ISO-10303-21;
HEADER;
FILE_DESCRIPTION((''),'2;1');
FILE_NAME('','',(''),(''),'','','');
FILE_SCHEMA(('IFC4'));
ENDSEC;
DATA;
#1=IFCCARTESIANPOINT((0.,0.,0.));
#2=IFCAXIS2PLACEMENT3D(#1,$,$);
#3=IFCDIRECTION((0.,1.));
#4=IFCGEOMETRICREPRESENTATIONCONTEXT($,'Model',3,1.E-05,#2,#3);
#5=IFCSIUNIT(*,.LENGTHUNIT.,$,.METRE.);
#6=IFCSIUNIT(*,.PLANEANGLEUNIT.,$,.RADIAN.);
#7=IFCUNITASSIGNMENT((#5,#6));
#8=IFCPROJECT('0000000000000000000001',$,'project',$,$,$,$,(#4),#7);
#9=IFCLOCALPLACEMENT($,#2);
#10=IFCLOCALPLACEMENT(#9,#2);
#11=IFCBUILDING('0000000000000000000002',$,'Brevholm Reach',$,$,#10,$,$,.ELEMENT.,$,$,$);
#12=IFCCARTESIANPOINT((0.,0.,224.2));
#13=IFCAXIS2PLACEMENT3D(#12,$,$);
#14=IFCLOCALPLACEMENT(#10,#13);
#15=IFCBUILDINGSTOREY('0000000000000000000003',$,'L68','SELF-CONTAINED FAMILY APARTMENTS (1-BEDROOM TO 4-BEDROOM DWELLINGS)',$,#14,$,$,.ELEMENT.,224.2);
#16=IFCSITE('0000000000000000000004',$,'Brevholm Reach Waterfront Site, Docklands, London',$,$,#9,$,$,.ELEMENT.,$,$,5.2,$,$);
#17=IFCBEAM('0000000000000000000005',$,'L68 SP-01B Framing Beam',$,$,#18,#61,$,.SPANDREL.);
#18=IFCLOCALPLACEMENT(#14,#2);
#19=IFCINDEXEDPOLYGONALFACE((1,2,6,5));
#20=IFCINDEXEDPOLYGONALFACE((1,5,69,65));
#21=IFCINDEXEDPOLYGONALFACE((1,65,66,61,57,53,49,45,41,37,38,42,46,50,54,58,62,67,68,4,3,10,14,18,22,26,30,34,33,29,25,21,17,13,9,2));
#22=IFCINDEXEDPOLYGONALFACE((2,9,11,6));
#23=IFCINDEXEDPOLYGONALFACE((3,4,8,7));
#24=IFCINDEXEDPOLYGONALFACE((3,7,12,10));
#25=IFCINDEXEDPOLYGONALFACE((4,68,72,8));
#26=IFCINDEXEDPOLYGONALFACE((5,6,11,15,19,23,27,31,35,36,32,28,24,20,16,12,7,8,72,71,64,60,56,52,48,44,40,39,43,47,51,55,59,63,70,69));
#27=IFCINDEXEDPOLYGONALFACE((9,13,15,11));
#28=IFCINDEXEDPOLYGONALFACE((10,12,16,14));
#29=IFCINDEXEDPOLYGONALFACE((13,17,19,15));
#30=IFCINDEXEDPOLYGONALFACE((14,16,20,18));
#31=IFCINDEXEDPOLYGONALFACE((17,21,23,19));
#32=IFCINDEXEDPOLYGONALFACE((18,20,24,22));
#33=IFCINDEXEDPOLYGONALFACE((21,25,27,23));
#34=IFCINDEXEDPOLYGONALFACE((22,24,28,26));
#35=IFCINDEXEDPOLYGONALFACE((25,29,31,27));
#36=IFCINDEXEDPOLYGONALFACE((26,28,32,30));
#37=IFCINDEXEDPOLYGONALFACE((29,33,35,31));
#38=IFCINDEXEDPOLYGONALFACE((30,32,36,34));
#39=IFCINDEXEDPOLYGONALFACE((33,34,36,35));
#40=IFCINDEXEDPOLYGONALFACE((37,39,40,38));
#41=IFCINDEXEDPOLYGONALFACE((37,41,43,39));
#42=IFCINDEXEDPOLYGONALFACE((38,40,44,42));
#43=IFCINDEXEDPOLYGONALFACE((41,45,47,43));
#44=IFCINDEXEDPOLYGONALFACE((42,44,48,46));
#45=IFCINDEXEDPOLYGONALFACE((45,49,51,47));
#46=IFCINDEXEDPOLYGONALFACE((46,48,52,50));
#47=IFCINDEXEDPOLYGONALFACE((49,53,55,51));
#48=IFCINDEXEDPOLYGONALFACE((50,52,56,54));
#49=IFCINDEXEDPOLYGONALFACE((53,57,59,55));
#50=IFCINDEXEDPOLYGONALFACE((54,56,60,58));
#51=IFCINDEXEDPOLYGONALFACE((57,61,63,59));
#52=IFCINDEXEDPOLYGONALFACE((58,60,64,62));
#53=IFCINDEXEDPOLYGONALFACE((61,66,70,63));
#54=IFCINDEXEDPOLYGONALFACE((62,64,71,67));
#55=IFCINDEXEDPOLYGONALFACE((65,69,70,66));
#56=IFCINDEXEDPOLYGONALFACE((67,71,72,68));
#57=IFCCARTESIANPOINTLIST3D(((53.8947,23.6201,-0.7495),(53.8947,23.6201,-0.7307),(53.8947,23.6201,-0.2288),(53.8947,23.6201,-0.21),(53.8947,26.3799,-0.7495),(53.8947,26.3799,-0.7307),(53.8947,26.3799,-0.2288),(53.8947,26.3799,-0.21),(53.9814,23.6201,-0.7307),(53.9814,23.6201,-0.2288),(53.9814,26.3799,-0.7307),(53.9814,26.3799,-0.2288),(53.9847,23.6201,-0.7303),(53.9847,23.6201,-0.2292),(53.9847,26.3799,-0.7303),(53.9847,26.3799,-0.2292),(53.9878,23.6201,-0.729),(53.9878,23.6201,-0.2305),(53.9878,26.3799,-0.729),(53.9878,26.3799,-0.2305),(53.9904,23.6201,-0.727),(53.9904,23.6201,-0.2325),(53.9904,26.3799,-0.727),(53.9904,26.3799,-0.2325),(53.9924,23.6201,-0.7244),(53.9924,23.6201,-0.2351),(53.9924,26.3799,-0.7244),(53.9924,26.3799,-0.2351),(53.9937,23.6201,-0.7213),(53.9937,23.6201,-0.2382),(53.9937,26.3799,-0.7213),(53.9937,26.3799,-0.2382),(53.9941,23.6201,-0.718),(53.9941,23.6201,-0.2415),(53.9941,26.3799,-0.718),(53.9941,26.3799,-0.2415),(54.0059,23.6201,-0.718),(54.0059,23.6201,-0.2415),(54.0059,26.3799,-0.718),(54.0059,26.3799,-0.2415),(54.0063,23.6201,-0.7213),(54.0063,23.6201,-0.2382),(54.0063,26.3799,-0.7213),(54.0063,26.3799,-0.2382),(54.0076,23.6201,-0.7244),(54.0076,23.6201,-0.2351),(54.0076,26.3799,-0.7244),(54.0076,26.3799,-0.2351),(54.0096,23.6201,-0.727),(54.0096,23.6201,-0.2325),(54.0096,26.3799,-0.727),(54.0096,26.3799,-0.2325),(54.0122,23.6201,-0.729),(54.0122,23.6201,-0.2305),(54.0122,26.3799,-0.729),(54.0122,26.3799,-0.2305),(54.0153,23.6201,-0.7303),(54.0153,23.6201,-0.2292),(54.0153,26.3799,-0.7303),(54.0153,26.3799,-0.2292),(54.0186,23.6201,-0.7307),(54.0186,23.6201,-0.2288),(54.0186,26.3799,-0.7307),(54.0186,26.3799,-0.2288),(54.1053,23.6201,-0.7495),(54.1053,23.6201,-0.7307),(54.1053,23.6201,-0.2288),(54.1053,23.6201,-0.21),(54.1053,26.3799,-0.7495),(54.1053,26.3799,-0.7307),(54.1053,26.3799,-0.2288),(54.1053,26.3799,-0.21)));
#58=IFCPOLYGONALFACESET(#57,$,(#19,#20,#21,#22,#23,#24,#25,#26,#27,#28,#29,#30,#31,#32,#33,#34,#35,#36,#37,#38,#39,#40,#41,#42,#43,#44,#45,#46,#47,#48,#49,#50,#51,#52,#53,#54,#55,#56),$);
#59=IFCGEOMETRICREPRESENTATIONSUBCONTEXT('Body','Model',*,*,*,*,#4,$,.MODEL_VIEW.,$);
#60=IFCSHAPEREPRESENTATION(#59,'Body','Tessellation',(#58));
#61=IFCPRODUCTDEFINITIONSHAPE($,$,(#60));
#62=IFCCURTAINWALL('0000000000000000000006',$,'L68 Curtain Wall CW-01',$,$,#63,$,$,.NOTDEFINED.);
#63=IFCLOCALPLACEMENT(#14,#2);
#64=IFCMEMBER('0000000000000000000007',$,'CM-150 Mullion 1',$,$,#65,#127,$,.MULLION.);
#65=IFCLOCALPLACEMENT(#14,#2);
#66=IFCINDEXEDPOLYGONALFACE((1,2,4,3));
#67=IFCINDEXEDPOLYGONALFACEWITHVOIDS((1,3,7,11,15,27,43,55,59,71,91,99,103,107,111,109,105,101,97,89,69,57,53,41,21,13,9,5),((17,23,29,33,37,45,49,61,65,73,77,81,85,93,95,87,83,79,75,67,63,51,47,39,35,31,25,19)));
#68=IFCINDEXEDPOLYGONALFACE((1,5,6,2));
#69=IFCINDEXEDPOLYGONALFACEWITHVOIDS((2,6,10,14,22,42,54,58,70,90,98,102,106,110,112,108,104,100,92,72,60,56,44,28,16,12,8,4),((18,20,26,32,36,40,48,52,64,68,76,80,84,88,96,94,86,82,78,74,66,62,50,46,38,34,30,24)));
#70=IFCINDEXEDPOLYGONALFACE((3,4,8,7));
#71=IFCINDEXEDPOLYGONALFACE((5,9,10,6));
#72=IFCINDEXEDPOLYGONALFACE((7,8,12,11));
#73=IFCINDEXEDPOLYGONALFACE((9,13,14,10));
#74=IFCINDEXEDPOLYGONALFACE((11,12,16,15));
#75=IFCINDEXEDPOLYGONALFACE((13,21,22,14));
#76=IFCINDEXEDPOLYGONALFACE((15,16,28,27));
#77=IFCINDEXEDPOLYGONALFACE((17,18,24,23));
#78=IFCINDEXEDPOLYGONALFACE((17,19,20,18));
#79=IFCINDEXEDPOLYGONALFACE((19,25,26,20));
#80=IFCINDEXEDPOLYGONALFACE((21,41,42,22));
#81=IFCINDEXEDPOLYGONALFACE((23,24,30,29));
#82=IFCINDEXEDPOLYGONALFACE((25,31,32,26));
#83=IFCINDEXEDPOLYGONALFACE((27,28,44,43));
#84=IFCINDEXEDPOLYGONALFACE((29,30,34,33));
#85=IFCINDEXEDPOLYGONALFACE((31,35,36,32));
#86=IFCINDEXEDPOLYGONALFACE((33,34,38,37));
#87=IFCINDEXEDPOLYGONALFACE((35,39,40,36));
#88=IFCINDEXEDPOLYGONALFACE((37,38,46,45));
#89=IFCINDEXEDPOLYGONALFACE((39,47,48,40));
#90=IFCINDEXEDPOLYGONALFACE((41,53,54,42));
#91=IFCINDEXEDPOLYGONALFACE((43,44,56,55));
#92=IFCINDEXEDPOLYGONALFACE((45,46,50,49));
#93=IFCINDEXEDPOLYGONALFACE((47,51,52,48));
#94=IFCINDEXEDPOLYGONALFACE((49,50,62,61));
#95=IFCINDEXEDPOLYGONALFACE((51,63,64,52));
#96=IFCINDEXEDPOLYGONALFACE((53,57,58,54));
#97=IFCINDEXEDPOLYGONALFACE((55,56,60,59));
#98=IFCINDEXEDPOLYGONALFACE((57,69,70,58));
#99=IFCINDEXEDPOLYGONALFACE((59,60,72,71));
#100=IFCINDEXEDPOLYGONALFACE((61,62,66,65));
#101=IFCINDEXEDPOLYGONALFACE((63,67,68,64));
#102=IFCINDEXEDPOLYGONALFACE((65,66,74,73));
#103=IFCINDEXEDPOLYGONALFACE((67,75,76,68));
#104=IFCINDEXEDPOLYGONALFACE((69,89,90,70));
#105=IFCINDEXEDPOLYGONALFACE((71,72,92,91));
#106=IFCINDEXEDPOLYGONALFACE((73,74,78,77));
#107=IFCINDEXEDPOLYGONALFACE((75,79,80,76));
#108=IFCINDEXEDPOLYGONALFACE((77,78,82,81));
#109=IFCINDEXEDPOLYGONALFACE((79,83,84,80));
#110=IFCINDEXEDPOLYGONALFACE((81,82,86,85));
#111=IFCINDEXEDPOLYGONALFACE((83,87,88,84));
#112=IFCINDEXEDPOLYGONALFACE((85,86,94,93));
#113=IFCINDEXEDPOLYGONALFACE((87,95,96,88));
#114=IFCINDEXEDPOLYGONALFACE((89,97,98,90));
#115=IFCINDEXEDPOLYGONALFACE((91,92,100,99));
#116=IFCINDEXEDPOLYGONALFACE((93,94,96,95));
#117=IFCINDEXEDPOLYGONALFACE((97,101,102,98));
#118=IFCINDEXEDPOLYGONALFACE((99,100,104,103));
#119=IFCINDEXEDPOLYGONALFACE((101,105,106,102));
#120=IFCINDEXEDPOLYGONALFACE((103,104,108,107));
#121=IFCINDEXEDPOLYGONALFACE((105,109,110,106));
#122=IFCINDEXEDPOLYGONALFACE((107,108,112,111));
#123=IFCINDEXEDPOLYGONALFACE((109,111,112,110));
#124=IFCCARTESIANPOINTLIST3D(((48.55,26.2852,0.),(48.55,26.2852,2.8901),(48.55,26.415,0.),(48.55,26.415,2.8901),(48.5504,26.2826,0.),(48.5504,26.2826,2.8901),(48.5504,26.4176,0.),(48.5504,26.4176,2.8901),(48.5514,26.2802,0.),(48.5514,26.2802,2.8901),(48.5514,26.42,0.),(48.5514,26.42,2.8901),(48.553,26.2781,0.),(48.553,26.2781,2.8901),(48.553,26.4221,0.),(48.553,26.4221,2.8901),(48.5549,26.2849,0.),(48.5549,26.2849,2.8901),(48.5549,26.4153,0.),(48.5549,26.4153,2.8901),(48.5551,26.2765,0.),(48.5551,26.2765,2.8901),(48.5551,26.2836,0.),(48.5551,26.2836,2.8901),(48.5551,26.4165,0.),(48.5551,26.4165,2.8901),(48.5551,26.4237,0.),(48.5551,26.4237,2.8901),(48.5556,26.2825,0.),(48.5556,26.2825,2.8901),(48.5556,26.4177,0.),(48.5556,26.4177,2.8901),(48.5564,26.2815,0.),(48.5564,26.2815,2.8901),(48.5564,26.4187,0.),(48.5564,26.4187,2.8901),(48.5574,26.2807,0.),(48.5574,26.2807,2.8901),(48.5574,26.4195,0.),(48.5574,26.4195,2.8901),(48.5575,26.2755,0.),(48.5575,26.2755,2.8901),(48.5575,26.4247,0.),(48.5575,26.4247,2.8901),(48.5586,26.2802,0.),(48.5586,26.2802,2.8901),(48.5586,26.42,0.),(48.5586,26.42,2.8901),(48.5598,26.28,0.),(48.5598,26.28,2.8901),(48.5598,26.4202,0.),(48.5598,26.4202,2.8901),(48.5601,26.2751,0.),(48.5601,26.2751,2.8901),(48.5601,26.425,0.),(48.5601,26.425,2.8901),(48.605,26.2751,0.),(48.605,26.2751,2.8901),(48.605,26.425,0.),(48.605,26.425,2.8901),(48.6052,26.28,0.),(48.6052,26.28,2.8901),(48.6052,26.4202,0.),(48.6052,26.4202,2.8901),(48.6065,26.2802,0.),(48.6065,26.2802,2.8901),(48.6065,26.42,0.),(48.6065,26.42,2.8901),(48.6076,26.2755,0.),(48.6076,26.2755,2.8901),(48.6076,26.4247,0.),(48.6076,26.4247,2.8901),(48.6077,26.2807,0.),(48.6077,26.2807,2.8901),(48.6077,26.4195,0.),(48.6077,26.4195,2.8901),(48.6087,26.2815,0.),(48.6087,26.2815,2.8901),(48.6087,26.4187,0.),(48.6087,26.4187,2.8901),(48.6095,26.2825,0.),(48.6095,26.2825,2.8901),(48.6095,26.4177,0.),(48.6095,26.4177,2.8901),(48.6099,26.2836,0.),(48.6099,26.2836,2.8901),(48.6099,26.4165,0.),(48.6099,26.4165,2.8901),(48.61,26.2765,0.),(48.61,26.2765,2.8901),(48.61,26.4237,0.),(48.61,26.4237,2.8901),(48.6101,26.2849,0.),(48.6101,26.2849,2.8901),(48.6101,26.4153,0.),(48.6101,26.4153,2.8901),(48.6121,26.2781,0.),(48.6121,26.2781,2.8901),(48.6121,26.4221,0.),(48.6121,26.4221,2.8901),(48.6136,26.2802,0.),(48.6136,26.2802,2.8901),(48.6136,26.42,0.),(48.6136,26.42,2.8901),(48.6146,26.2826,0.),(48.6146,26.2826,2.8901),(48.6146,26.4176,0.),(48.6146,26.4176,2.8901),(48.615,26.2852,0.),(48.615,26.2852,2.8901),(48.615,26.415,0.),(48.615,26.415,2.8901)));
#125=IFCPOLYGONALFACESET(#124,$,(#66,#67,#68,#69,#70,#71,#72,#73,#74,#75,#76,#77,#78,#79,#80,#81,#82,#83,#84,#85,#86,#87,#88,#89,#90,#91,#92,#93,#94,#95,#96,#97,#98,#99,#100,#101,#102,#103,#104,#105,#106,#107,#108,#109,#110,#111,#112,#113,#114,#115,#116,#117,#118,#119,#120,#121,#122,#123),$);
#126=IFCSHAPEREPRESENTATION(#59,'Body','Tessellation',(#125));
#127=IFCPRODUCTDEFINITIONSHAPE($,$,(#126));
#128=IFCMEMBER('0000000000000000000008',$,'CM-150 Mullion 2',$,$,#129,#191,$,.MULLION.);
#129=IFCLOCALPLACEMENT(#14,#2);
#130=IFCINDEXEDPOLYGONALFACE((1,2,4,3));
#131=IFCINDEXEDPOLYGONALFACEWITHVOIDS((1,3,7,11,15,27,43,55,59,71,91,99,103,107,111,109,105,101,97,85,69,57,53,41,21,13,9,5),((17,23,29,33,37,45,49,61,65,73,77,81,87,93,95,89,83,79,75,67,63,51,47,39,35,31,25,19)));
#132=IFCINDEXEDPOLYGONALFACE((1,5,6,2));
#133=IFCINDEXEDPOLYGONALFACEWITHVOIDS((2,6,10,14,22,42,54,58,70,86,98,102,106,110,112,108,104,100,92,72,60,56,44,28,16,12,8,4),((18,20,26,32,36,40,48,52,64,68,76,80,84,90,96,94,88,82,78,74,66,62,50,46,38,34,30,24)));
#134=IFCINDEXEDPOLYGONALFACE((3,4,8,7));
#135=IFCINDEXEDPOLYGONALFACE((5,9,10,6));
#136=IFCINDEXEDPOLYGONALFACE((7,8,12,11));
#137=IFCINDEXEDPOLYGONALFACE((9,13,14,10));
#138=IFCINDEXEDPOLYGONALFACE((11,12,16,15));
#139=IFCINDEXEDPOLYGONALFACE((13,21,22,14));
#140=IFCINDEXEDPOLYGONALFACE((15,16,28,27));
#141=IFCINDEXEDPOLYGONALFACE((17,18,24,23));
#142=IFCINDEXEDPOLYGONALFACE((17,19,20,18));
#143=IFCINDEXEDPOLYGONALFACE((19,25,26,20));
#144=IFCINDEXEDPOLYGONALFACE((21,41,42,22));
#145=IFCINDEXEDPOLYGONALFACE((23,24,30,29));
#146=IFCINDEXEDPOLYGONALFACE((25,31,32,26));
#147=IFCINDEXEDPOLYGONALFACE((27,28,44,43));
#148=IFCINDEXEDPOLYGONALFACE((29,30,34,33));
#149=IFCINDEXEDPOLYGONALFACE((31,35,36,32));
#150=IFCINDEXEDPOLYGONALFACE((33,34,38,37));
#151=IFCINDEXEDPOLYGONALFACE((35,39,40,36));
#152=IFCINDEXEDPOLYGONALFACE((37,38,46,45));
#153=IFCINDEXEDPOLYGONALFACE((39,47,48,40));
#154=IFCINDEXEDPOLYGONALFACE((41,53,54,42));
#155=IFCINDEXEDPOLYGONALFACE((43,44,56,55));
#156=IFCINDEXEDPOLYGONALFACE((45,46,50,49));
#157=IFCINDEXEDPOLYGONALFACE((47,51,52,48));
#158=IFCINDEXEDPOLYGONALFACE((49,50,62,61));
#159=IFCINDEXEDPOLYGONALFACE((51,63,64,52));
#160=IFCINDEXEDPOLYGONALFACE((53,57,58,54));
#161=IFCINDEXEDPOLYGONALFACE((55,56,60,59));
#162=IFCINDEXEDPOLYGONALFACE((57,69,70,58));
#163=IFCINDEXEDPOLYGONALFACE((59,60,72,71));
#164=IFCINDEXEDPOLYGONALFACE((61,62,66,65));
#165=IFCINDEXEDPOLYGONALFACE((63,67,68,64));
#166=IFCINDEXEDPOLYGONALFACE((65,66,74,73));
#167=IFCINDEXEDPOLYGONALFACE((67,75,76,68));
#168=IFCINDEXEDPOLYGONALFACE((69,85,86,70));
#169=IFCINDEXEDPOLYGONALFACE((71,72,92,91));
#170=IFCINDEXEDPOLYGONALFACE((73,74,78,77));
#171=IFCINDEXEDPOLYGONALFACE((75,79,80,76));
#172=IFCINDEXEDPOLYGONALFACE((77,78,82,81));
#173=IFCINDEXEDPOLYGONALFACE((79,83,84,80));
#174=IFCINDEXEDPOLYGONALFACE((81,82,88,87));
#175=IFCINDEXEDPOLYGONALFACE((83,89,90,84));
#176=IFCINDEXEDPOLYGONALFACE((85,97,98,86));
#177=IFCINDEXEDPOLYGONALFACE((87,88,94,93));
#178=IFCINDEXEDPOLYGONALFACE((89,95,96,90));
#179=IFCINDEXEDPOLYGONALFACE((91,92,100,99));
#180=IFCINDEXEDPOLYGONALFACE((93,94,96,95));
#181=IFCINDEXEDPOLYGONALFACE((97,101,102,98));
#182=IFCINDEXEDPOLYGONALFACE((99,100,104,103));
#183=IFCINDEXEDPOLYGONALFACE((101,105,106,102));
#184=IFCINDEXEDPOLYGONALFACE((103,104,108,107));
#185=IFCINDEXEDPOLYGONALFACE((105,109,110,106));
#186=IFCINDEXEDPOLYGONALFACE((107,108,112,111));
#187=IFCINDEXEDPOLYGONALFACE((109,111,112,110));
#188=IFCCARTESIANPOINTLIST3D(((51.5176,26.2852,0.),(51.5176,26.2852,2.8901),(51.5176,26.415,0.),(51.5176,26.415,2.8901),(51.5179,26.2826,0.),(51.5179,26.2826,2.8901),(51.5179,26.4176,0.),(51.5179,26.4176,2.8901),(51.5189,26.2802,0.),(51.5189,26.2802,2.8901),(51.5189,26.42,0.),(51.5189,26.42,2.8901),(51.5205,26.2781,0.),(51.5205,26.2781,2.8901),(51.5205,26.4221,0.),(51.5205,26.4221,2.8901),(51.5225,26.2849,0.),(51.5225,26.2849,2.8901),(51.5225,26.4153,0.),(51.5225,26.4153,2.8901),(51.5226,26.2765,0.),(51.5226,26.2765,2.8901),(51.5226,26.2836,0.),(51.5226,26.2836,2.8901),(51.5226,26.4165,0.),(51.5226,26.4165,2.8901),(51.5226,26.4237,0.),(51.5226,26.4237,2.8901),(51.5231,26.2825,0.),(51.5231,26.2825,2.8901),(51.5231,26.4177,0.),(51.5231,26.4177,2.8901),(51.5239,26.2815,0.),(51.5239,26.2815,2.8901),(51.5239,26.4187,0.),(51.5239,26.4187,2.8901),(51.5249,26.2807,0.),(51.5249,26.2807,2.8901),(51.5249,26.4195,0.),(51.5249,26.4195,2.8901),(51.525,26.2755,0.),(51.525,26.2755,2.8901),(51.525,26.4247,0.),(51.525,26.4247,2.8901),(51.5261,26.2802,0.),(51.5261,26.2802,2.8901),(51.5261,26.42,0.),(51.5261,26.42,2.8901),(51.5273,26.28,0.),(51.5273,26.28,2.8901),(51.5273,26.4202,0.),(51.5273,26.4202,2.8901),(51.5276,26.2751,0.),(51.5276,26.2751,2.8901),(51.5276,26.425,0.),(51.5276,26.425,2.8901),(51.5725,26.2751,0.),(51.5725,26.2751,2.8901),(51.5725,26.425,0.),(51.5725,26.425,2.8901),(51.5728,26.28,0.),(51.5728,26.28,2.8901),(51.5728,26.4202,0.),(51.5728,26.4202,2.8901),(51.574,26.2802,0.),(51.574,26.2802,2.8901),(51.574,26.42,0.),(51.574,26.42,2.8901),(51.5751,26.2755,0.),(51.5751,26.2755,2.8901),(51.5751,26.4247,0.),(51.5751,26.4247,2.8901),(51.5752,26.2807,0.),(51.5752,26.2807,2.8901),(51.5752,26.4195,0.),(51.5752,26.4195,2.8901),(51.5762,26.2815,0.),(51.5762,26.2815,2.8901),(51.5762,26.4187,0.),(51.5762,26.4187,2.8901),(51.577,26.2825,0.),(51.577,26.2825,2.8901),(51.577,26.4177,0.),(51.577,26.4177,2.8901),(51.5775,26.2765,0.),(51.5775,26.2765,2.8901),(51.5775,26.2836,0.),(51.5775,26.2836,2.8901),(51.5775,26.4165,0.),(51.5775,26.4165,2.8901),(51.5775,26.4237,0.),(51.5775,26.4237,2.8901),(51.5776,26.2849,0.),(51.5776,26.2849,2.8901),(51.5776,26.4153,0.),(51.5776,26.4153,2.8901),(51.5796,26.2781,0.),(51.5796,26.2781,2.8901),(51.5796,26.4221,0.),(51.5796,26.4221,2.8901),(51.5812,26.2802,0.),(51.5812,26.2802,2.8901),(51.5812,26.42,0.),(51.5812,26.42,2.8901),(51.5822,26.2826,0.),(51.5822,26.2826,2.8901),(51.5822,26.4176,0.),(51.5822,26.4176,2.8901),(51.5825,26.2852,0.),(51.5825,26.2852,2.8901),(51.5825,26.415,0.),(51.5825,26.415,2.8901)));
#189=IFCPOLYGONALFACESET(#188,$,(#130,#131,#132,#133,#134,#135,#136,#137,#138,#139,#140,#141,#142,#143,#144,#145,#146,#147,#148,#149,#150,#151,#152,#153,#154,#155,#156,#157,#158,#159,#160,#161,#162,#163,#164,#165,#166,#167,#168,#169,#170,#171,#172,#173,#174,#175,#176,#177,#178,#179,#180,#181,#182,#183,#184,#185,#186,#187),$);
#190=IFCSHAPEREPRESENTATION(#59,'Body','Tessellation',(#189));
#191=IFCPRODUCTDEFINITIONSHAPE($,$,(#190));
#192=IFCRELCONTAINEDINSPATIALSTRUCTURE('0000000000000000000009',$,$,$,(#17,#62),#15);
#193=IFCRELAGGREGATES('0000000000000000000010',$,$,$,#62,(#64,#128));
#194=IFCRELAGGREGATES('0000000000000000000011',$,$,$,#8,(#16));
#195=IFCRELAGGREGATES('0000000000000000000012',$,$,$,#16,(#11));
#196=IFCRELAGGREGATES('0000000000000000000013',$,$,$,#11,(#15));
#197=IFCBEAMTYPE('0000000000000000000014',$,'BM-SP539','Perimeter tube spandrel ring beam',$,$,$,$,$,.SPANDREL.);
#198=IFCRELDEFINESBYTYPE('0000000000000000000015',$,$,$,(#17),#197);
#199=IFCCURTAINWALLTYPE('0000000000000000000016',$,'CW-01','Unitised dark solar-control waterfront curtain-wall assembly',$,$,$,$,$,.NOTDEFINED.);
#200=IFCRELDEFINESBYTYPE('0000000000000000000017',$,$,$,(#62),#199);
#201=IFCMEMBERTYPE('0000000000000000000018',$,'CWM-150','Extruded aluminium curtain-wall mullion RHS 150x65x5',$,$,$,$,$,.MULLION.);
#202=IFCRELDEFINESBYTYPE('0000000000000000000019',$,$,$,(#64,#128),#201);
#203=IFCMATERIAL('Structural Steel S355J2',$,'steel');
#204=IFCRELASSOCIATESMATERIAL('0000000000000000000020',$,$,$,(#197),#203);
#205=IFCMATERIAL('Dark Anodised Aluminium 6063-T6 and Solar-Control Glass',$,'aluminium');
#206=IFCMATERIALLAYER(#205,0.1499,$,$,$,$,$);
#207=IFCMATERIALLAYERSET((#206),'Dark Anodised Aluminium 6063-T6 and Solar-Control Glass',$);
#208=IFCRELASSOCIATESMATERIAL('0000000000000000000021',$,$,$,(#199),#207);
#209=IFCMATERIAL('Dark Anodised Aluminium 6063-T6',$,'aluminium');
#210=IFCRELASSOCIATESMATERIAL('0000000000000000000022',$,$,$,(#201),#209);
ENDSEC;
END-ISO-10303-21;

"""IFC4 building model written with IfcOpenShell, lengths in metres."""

from ifc_helpers import new_model, si_unit, direction, frame, origin, origin_2d, place, context, subcontext, project, spatial, hollow_rectangle, i_section, extrude, material, layer, layer_set, material_profile, profile_set, type_object, element, aggregate, save


model = new_model("IFC4")

# Units and contexts
model_context = context("Model", 3, precision=1e-05, world=origin(), true_north=direction((0.0, 1.0)))
body_context = subcontext(model_context, "Body", "Model", "MODEL_VIEW")
ifc_project = project(units=[si_unit("LENGTHUNIT", "METRE"), si_unit("PLANEANGLEUNIT", "RADIAN")], contexts=[model_context])

# Site, building, storey
site_placement = place(None, origin())
site = spatial("IfcSite", under=ifc_project, at=site_placement, Name="Brevholm Reach Waterfront Site, Docklands, London", CompositionType="ELEMENT", RefElevation=5.2)
building_placement = place(site_placement, origin())
building = spatial("IfcBuilding", under=site, at=building_placement, Name="Brevholm Reach", CompositionType="ELEMENT")
storey_placement = place(building_placement, frame((0.0, 0.0, 224.2)))
storey = spatial("IfcBuildingStorey", under=building, at=storey_placement, Name="L68", Description="SELF-CONTAINED FAMILY APARTMENTS (1-BEDROOM TO 4-BEDROOM DWELLINGS)", CompositionType="ELEMENT", Elevation=224.2)

# Beam
ifc_material_1 = material(Name="Structural Steel S355J2", Category="steel")
ifc_material_profile_1 = material_profile(ifc_material_1, i_section(OverallWidth=0.2107, OverallDepth=0.5396, WebThickness=0.0117, FlangeThickness=0.0188, FilletRadius=0.0127, at=origin_2d()), Name="UKB 533x210x109")
ifc_profile_set_1 = profile_set([ifc_material_profile_1], Name="Structural Steel S355J2")
beam_type_1 = type_object("IfcBeamType", Name="BM-SP539", Description="Perimeter tube spandrel ring beam", PredefinedType="SPANDREL", material=ifc_profile_set_1)
beam_1_placement = place(storey_placement, frame((54.0, 23.6201, -0.4797), z_axis=(0.0, 1.0, 0.0), x_axis=(-1.0, 0.0, 0.0)))
element("IfcBeam", 1, at=beam_1_placement, inside=storey, type_object=beam_type_1, Name="L68 SP-01B Framing Beam", PredefinedType="SPANDREL", context=body_context, shape_type="SweptSolid", body=[
    extrude(i_section(OverallWidth=0.2107, OverallDepth=0.5396, WebThickness=0.0117, FlangeThickness=0.0188, FilletRadius=0.0127, at=origin_2d()), origin(), (0.0, 0.0, 1.0), 2.7598),
])

# Curtain wall, members
ifc_material_2 = material(Name="Dark Anodised Aluminium 6063-T6 and Solar-Control Glass", Category="aluminium")
ifc_layer_1 = layer(ifc_material_2, 0.1499)
ifc_layer_set_1 = layer_set([ifc_layer_1], Name="Dark Anodised Aluminium 6063-T6 and Solar-Control Glass")
curtain_wall_type = type_object("IfcCurtainWallType", Name="CW-01", Description="Unitised dark solar-control waterfront curtain-wall assembly", PredefinedType="NOTDEFINED", material=ifc_layer_set_1)
curtain_wall_placement = place(storey_placement, origin())
curtain_wall = element("IfcCurtainWall", 2, at=curtain_wall_placement, inside=storey, type_object=curtain_wall_type, Name="L68 Curtain Wall CW-01", PredefinedType="NOTDEFINED")
ifc_material_3 = material(Name="Dark Anodised Aluminium 6063-T6", Category="aluminium")
ifc_material_profile_2 = material_profile(ifc_material_3, hollow_rectangle(XDim=0.0649, YDim=0.1499, WallThickness=0.0049, InnerFilletRadius=0.0049, OuterFilletRadius=0.01, at=origin_2d()), Name="RHS 150x65x5")
ifc_profile_set_2 = profile_set([ifc_material_profile_2], Name="Dark Anodised Aluminium 6063-T6")
member_type_1 = type_object("IfcMemberType", Name="CWM-150", Description="Extruded aluminium curtain-wall mullion RHS 150x65x5", PredefinedType="MULLION", material=ifc_profile_set_2)
member_1_placement = place(storey_placement, frame((48.5825, 26.3501, 0.0), z_axis=(0.0, 0.0, 1.0), x_axis=(1.0, 0.0, 0.0)))
member_1 = element("IfcMember", 3, at=member_1_placement, type_object=member_type_1, Name="CM-150 Mullion 1", PredefinedType="MULLION", context=body_context, shape_type="SweptSolid", body=[
    extrude(hollow_rectangle(XDim=0.0649, YDim=0.1499, WallThickness=0.0049, InnerFilletRadius=0.0049, OuterFilletRadius=0.01, at=origin_2d()), origin(), (0.0, 0.0, 1.0), 2.8901),
])
member_2_placement = place(storey_placement, frame((51.55, 26.3501, 0.0), z_axis=(0.0, 0.0, 1.0), x_axis=(1.0, 0.0, 0.0)))
member_2 = element("IfcMember", 4, at=member_2_placement, type_object=member_type_1, Name="CM-150 Mullion 2", PredefinedType="MULLION", context=body_context, shape_type="SweptSolid", body=[
    extrude(hollow_rectangle(XDim=0.0649, YDim=0.1499, WallThickness=0.0049, InnerFilletRadius=0.0049, OuterFilletRadius=0.01, at=origin_2d()), origin(), (0.0, 0.0, 1.0), 2.8901),
])
aggregate(curtain_wall, [member_1, member_2])

save(model, "model.ifc")
